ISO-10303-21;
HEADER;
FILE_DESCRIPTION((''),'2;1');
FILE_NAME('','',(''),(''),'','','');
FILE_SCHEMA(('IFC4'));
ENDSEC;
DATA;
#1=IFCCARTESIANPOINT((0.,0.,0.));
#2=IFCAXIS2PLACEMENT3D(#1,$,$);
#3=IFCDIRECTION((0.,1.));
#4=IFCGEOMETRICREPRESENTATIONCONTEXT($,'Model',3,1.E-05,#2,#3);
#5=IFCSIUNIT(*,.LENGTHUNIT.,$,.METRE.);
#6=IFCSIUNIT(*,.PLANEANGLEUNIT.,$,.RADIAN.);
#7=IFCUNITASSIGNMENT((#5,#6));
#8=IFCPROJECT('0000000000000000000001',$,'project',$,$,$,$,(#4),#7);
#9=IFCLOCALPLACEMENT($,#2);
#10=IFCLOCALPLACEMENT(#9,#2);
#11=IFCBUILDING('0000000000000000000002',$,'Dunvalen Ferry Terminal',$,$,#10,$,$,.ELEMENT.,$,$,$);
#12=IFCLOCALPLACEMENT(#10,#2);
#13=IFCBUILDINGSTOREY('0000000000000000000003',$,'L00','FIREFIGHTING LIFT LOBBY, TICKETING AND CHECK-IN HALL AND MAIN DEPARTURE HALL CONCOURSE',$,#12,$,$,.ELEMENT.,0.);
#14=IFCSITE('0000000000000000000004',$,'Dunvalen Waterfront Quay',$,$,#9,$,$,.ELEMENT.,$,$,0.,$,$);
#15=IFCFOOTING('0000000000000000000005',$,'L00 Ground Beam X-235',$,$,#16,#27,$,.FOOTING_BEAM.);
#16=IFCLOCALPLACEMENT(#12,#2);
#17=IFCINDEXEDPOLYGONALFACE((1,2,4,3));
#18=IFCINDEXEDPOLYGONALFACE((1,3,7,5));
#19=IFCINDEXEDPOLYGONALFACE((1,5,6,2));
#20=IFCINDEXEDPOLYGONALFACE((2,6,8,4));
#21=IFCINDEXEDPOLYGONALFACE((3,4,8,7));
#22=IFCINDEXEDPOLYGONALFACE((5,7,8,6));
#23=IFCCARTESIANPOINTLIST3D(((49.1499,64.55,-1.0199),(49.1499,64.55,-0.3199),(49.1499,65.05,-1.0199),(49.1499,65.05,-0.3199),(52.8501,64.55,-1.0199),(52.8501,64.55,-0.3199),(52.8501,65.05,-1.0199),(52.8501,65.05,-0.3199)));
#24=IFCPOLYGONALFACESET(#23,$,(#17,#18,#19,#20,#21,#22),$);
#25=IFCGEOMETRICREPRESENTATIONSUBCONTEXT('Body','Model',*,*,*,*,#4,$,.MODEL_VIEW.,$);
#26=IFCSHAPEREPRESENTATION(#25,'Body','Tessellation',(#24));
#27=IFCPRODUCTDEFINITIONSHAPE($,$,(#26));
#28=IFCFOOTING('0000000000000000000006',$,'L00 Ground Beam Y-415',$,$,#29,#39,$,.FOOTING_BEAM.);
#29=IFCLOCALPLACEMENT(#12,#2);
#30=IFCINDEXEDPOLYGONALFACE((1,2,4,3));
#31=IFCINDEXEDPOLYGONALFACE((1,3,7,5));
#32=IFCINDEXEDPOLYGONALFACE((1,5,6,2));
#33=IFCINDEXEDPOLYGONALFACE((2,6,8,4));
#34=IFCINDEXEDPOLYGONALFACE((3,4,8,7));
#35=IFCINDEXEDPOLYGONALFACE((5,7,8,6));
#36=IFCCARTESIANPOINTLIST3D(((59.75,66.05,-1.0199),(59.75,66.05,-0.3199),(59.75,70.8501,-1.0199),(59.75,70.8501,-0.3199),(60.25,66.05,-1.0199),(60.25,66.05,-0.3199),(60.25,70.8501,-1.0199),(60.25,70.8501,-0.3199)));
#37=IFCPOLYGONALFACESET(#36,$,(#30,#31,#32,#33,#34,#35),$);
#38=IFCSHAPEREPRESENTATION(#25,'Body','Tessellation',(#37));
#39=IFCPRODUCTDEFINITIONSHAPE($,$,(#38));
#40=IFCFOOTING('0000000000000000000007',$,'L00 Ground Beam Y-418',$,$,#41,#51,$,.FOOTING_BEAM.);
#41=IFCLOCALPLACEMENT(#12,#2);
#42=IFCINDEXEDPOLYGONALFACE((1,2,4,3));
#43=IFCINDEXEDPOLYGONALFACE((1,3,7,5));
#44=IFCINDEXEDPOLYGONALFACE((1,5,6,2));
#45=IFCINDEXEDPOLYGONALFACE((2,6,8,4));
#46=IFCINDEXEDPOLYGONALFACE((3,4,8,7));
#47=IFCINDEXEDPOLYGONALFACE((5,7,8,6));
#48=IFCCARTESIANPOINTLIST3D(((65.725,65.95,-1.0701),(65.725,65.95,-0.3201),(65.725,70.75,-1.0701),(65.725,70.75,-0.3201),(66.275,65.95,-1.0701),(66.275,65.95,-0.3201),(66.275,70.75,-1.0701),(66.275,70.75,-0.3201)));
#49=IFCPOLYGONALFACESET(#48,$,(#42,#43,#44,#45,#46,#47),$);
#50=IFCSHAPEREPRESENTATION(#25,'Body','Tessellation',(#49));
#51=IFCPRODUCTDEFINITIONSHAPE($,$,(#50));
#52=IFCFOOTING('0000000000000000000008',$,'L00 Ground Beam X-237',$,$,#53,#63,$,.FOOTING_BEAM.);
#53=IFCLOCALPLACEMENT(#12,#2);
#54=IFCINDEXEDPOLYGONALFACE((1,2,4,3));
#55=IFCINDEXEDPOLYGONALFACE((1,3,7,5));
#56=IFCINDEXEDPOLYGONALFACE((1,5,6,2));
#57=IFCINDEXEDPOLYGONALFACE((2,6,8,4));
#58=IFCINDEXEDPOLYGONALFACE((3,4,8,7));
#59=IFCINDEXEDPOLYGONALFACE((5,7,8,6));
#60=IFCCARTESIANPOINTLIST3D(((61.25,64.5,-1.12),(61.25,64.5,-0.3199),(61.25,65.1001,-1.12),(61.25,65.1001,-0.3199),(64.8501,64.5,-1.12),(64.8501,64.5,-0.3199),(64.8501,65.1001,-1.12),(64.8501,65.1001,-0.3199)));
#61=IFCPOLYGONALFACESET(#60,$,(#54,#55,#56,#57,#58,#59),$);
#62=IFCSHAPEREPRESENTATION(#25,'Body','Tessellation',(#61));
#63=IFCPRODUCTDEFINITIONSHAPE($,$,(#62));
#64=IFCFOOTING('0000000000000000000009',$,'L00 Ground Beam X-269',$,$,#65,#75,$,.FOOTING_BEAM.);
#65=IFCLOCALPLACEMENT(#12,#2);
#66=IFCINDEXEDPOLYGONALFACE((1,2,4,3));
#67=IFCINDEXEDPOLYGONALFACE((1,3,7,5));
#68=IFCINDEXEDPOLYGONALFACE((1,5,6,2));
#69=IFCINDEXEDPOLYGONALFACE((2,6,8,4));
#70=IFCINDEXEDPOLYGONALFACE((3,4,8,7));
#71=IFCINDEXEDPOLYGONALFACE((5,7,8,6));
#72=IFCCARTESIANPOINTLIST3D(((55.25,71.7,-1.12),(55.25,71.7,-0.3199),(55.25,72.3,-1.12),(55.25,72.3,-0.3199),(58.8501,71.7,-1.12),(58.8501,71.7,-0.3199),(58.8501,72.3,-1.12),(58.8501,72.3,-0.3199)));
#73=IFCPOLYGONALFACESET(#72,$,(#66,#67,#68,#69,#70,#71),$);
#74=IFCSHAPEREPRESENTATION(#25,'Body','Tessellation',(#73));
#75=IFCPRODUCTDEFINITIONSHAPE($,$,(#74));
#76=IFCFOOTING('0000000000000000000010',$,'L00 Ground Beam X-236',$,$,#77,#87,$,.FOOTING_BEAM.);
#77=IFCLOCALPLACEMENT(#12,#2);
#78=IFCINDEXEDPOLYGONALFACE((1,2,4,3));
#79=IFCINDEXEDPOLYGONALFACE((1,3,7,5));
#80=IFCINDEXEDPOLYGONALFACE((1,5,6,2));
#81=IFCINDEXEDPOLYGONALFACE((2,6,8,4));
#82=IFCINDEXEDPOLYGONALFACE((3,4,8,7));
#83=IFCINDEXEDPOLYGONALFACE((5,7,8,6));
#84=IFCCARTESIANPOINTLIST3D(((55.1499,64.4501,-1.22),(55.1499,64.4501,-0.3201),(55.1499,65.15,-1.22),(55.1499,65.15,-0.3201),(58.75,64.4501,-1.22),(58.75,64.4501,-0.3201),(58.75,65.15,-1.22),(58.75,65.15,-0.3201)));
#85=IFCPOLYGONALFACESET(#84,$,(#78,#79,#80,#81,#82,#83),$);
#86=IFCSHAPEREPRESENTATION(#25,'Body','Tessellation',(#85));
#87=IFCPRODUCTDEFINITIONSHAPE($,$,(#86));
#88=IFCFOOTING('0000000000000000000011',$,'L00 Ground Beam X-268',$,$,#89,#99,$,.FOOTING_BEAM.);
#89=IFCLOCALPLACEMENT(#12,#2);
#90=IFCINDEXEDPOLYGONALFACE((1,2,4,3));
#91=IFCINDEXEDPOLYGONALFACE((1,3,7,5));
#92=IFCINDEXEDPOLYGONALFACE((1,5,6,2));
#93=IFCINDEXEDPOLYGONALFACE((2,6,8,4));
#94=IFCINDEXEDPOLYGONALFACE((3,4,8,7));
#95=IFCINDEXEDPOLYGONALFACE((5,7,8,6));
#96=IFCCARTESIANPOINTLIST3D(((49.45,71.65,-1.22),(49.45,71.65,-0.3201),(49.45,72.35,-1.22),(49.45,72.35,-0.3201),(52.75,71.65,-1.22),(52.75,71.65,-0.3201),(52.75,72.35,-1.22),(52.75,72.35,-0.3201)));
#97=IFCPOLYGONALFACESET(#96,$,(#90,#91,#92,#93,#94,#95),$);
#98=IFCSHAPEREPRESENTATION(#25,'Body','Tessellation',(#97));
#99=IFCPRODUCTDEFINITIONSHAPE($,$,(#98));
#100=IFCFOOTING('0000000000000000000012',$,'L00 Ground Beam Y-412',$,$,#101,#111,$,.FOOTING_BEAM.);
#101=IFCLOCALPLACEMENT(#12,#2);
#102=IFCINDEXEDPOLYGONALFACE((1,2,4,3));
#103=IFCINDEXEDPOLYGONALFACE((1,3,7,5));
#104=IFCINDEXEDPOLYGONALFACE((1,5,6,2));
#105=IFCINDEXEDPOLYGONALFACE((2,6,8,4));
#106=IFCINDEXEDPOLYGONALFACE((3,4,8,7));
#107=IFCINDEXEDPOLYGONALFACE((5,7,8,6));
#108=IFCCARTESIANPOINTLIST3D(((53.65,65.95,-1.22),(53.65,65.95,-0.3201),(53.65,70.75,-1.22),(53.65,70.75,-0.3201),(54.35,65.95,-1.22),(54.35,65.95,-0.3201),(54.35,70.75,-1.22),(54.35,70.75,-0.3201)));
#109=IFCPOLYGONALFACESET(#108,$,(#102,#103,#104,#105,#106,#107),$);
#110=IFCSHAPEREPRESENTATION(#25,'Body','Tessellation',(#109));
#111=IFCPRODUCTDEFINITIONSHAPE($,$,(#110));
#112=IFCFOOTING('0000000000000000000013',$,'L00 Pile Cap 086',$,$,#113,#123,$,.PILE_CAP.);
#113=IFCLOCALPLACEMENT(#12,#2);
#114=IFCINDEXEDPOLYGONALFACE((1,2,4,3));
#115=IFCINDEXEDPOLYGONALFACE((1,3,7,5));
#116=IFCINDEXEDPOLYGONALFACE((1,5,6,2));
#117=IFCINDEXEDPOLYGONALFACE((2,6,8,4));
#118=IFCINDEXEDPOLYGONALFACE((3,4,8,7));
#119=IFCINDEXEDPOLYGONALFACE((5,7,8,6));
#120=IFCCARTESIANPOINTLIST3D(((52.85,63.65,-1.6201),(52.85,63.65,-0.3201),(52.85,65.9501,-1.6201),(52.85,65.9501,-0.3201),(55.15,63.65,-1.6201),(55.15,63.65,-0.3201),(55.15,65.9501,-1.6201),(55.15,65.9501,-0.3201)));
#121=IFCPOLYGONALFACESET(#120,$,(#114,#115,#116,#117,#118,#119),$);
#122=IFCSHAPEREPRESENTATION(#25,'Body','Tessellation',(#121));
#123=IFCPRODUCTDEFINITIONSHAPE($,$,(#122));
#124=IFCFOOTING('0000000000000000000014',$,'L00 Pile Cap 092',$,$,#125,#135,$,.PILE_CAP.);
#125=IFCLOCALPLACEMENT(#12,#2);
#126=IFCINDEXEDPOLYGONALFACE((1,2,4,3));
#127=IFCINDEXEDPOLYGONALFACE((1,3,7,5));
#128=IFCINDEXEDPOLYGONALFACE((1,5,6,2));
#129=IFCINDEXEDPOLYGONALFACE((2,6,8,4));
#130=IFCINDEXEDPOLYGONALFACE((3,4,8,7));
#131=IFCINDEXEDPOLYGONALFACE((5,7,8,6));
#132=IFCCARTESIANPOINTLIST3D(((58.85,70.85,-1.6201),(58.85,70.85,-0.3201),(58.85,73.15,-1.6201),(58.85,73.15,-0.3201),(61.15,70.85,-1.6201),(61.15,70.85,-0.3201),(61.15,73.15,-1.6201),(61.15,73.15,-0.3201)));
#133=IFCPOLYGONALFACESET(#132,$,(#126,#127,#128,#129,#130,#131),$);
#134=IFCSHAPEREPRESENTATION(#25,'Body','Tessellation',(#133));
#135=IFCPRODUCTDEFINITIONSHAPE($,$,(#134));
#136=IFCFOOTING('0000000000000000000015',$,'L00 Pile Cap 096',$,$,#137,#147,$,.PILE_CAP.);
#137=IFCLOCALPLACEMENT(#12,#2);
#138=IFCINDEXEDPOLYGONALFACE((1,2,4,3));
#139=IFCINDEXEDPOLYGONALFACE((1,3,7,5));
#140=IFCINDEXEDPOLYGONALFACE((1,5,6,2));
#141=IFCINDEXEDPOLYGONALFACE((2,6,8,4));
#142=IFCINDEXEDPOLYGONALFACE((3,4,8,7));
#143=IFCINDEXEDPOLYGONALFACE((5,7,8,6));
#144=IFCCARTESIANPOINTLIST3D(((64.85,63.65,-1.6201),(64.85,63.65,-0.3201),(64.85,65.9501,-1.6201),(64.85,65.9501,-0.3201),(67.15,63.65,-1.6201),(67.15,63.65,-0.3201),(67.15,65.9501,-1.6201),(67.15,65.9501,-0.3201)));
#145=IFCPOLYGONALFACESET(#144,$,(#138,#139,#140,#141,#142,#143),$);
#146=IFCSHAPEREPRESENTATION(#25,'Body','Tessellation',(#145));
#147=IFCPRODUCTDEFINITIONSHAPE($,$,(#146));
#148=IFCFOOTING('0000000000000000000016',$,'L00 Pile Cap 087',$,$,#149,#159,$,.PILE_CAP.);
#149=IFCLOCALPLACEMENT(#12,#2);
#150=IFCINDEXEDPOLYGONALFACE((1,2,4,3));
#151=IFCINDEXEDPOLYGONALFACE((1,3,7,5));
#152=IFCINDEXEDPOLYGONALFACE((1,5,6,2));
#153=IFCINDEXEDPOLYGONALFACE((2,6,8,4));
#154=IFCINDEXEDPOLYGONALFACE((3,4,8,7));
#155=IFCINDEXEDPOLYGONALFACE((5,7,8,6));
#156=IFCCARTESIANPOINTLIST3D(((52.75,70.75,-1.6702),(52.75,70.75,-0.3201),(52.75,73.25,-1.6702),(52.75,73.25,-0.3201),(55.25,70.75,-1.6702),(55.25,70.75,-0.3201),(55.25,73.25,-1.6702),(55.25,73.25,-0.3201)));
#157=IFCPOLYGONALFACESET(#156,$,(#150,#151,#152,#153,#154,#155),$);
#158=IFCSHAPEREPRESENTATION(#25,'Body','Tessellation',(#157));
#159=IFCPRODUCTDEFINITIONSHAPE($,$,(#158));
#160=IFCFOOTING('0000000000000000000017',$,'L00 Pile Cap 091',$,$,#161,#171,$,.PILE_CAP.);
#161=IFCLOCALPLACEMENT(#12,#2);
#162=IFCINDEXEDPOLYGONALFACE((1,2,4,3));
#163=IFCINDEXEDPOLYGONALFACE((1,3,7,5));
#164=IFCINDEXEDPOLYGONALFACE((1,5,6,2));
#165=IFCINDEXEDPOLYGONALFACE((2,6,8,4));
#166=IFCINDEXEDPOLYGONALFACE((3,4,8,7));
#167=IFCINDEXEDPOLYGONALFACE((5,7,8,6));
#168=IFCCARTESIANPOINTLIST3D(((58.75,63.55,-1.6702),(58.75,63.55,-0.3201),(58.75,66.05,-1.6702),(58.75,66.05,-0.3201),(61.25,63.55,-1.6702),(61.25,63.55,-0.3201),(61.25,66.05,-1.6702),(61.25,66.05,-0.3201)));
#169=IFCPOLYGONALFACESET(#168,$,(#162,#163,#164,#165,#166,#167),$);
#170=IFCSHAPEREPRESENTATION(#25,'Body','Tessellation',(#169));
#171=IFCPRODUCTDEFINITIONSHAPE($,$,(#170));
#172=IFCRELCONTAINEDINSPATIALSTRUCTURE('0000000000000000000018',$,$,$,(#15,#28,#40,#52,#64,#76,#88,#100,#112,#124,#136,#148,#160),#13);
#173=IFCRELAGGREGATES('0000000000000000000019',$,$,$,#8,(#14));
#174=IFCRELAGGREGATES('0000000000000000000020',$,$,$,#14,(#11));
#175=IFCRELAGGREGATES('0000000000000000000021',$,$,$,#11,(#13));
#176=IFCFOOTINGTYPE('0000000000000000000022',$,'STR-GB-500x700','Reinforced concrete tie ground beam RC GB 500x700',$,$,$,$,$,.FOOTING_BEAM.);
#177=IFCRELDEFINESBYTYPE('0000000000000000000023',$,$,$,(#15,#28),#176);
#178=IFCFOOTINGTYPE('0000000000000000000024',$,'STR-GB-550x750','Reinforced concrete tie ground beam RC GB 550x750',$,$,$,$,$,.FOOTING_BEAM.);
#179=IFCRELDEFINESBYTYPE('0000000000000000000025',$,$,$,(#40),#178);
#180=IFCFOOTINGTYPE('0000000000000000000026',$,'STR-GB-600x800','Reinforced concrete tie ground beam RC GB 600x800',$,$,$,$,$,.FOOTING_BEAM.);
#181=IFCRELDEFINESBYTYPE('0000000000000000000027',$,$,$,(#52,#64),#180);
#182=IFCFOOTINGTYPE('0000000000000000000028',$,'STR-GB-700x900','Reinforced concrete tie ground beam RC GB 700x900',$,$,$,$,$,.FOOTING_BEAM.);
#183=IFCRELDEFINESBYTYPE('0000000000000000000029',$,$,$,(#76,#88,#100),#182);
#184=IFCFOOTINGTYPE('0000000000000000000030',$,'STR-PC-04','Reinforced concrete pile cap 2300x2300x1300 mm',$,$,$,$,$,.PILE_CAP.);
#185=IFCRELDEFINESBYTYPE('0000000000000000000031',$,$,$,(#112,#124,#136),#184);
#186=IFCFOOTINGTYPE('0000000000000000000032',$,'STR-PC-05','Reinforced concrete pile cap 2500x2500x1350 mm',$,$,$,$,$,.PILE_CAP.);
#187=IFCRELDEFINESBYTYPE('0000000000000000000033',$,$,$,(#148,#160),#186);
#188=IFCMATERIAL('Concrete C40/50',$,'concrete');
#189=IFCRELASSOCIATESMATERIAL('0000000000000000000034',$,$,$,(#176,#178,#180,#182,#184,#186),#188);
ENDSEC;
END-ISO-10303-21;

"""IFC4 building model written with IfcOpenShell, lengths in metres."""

from ifc_helpers import new_model, si_unit, direction, frame, origin, origin_2d, place, context, subcontext, project, spatial, rectangle, extrude, material, material_profile, profile_set, type_object, element, save


model = new_model("IFC4")

# Units and contexts
model_context = context("Model", 3, precision=1e-05, world=origin(), true_north=direction((0.0, 1.0)))
body_context = subcontext(model_context, "Body", "Model", "MODEL_VIEW")
ifc_project = project(units=[si_unit("LENGTHUNIT", "METRE"), si_unit("PLANEANGLEUNIT", "RADIAN")], contexts=[model_context])

# Site, building, storey
site_placement = place(None, origin())
site = spatial("IfcSite", under=ifc_project, at=site_placement, Name="Dunvalen Waterfront Quay", CompositionType="ELEMENT", RefElevation=0.0)
building_placement = place(site_placement, origin())
building = spatial("IfcBuilding", under=site, at=building_placement, Name="Dunvalen Ferry Terminal", CompositionType="ELEMENT")
storey_placement = place(building_placement, origin())
storey = spatial("IfcBuildingStorey", under=building, at=storey_placement, Name="L00", Description="FIREFIGHTING LIFT LOBBY, TICKETING AND CHECK-IN HALL AND MAIN DEPARTURE HALL CONCOURSE", CompositionType="ELEMENT", Elevation=0.0)

# Footings
ifc_material_1 = material(Name="Concrete C40/50", Category="concrete")
ifc_material_profile_1 = material_profile(ifc_material_1, rectangle(XDim=0.5, YDim=0.7, at=origin_2d()), Name="Concrete C40/50")
ifc_profile_set_1 = profile_set([ifc_material_profile_1], Name="Concrete C40/50")
footing_type_1 = type_object("IfcFootingType", Name="STR-GB-500x700", Description="Reinforced concrete tie ground beam RC GB 500x700", PredefinedType="FOOTING_BEAM", material=ifc_profile_set_1)
footing_1_placement = place(storey_placement, frame((49.1499, 64.8, -0.6699), z_axis=(1.0, 0.0, 0.0), x_axis=(0.0, 1.0, 0.0)))
element("IfcFooting", 1, at=footing_1_placement, inside=storey, type_object=footing_type_1, Name="L00 Ground Beam X-235", PredefinedType="FOOTING_BEAM", context=body_context, shape_type="SweptSolid", body=[
    extrude(rectangle(XDim=0.5, YDim=0.7, at=origin_2d()), origin(), (0.0, 0.0, 1.0), 3.7002),
])
footing_2_placement = place(storey_placement, frame((60.0, 66.05, -0.6699), z_axis=(0.0, 1.0, 0.0), x_axis=(-1.0, 0.0, 0.0)))
element("IfcFooting", 2, at=footing_2_placement, inside=storey, type_object=footing_type_1, Name="L00 Ground Beam Y-415", PredefinedType="FOOTING_BEAM", context=body_context, shape_type="SweptSolid", body=[
    extrude(rectangle(XDim=0.5, YDim=0.7, at=origin_2d()), origin(), (0.0, 0.0, 1.0), 4.8),
])
ifc_material_profile_2 = material_profile(ifc_material_1, rectangle(XDim=0.55, YDim=0.75, at=origin_2d()), Name="Concrete C40/50")
ifc_profile_set_2 = profile_set([ifc_material_profile_2], Name="Concrete C40/50")
footing_type_2 = type_object("IfcFootingType", Name="STR-GB-550x750", Description="Reinforced concrete tie ground beam RC GB 550x750", PredefinedType="FOOTING_BEAM", material=ifc_profile_set_2)
footing_3_placement = place(storey_placement, frame((66.0, 65.95, -0.6951), z_axis=(0.0, 1.0, 0.0), x_axis=(-1.0, 0.0, 0.0)))
element("IfcFooting", 3, at=footing_3_placement, inside=storey, type_object=footing_type_2, Name="L00 Ground Beam Y-418", PredefinedType="FOOTING_BEAM", context=body_context, shape_type="SweptSolid", body=[
    extrude(rectangle(XDim=0.55, YDim=0.75, at=origin_2d()), origin(), (0.0, 0.0, 1.0), 4.8),
])
ifc_material_profile_3 = material_profile(ifc_material_1, rectangle(XDim=0.6001, YDim=0.8, at=origin_2d()), Name="Concrete C40/50")
ifc_profile_set_3 = profile_set([ifc_material_profile_3], Name="Concrete C40/50")
footing_type_3 = type_object("IfcFootingType", Name="STR-GB-600x800", Description="Reinforced concrete tie ground beam RC GB 600x800", PredefinedType="FOOTING_BEAM", material=ifc_profile_set_3)
for number, where, z_axis, x_axis, name in (
    (4, (61.25, 64.8, -0.72), (1.0, 0.0, 0.0), (0.0, 1.0, 0.0), "L00 Ground Beam X-237"),
    (5, (55.25, 72.0, -0.72), (1.0, 0.0, 0.0), (0.0, 1.0, 0.0), "L00 Ground Beam X-269"),
):
    element("IfcFooting", number, at=place(storey_placement, frame(where, z_axis=z_axis, x_axis=x_axis)), inside=storey, type_object=footing_type_3, Name=name, PredefinedType="FOOTING_BEAM", context=body_context, shape_type="SweptSolid", body=[
        extrude(rectangle(XDim=0.6001, YDim=0.8, at=origin_2d()), origin(), (0.0, 0.0, 1.0), 3.6001),
    ])
ifc_material_profile_4 = material_profile(ifc_material_1, rectangle(XDim=0.7, YDim=0.8999, at=origin_2d()), Name="Concrete C40/50")
ifc_profile_set_4 = profile_set([ifc_material_profile_4], Name="Concrete C40/50")
footing_type_4 = type_object("IfcFootingType", Name="STR-GB-700x900", Description="Reinforced concrete tie ground beam RC GB 700x900", PredefinedType="FOOTING_BEAM", material=ifc_profile_set_4)
footing_4_placement = place(storey_placement, frame((55.1499, 64.8, -0.77), z_axis=(1.0, 0.0, 0.0), x_axis=(0.0, 1.0, 0.0)))
element("IfcFooting", 6, at=footing_4_placement, inside=storey, type_object=footing_type_4, Name="L00 Ground Beam X-236", PredefinedType="FOOTING_BEAM", context=body_context, shape_type="SweptSolid", body=[
    extrude(rectangle(XDim=0.7, YDim=0.8999, at=origin_2d()), origin(), (0.0, 0.0, 1.0), 3.6001),
])
footing_5_placement = place(storey_placement, frame((49.45, 72.0, -0.77), z_axis=(1.0, 0.0, 0.0), x_axis=(0.0, 1.0, 0.0)))
element("IfcFooting", 7, at=footing_5_placement, inside=storey, type_object=footing_type_4, Name="L00 Ground Beam X-268", PredefinedType="FOOTING_BEAM", context=body_context, shape_type="SweptSolid", body=[
    extrude(rectangle(XDim=0.7, YDim=0.8999, at=origin_2d()), origin(), (0.0, 0.0, 1.0), 3.3),
])
footing_6_placement = place(storey_placement, frame((54.0, 65.95, -0.77), z_axis=(0.0, 1.0, 0.0), x_axis=(-1.0, 0.0, 0.0)))
element("IfcFooting", 8, at=footing_6_placement, inside=storey, type_object=footing_type_4, Name="L00 Ground Beam Y-412", PredefinedType="FOOTING_BEAM", context=body_context, shape_type="SweptSolid", body=[
    extrude(rectangle(XDim=0.7, YDim=0.8999, at=origin_2d()), origin(), (0.0, 0.0, 1.0), 4.8),
])
footing_type_5 = type_object("IfcFootingType", Name="STR-PC-04", Description="Reinforced concrete pile cap 2300x2300x1300 mm", PredefinedType="PILE_CAP", material=ifc_material_1)
for number, where, z_axis, x_axis, name in (
    (9, (54.0, 64.8, -1.6201), (0.0, 0.0, 1.0), (1.0, 0.0, 0.0), "L00 Pile Cap 086"),
    (10, (60.0, 72.0, -1.6201), (0.0, 0.0, 1.0), (1.0, 0.0, 0.0), "L00 Pile Cap 092"),
    (11, (66.0, 64.8, -1.6201), (0.0, 0.0, 1.0), (1.0, 0.0, 0.0), "L00 Pile Cap 096"),
):
    element("IfcFooting", number, at=place(storey_placement, frame(where, z_axis=z_axis, x_axis=x_axis)), inside=storey, type_object=footing_type_5, Name=name, PredefinedType="PILE_CAP", context=body_context, shape_type="SweptSolid", body=[
        extrude(rectangle(XDim=2.3, YDim=2.3, at=origin_2d()), origin(), (0.0, 0.0, 1.0), 1.3),
    ])
footing_type_6 = type_object("IfcFootingType", Name="STR-PC-05", Description="Reinforced concrete pile cap 2500x2500x1350 mm", PredefinedType="PILE_CAP", material=ifc_material_1)
for number, where, z_axis, x_axis, name in (
    (12, (54.0, 72.0, -1.6702), (0.0, 0.0, 1.0), (1.0, 0.0, 0.0), "L00 Pile Cap 087"),
    (13, (60.0, 64.8, -1.6702), (0.0, 0.0, 1.0), (1.0, 0.0, 0.0), "L00 Pile Cap 091"),
):
    element("IfcFooting", number, at=place(storey_placement, frame(where, z_axis=z_axis, x_axis=x_axis)), inside=storey, type_object=footing_type_6, Name=name, PredefinedType="PILE_CAP", context=body_context, shape_type="SweptSolid", body=[
        extrude(rectangle(XDim=2.5, YDim=2.5, at=origin_2d()), origin(), (0.0, 0.0, 1.0), 1.3501),
    ])

save(model, "model.ifc")
